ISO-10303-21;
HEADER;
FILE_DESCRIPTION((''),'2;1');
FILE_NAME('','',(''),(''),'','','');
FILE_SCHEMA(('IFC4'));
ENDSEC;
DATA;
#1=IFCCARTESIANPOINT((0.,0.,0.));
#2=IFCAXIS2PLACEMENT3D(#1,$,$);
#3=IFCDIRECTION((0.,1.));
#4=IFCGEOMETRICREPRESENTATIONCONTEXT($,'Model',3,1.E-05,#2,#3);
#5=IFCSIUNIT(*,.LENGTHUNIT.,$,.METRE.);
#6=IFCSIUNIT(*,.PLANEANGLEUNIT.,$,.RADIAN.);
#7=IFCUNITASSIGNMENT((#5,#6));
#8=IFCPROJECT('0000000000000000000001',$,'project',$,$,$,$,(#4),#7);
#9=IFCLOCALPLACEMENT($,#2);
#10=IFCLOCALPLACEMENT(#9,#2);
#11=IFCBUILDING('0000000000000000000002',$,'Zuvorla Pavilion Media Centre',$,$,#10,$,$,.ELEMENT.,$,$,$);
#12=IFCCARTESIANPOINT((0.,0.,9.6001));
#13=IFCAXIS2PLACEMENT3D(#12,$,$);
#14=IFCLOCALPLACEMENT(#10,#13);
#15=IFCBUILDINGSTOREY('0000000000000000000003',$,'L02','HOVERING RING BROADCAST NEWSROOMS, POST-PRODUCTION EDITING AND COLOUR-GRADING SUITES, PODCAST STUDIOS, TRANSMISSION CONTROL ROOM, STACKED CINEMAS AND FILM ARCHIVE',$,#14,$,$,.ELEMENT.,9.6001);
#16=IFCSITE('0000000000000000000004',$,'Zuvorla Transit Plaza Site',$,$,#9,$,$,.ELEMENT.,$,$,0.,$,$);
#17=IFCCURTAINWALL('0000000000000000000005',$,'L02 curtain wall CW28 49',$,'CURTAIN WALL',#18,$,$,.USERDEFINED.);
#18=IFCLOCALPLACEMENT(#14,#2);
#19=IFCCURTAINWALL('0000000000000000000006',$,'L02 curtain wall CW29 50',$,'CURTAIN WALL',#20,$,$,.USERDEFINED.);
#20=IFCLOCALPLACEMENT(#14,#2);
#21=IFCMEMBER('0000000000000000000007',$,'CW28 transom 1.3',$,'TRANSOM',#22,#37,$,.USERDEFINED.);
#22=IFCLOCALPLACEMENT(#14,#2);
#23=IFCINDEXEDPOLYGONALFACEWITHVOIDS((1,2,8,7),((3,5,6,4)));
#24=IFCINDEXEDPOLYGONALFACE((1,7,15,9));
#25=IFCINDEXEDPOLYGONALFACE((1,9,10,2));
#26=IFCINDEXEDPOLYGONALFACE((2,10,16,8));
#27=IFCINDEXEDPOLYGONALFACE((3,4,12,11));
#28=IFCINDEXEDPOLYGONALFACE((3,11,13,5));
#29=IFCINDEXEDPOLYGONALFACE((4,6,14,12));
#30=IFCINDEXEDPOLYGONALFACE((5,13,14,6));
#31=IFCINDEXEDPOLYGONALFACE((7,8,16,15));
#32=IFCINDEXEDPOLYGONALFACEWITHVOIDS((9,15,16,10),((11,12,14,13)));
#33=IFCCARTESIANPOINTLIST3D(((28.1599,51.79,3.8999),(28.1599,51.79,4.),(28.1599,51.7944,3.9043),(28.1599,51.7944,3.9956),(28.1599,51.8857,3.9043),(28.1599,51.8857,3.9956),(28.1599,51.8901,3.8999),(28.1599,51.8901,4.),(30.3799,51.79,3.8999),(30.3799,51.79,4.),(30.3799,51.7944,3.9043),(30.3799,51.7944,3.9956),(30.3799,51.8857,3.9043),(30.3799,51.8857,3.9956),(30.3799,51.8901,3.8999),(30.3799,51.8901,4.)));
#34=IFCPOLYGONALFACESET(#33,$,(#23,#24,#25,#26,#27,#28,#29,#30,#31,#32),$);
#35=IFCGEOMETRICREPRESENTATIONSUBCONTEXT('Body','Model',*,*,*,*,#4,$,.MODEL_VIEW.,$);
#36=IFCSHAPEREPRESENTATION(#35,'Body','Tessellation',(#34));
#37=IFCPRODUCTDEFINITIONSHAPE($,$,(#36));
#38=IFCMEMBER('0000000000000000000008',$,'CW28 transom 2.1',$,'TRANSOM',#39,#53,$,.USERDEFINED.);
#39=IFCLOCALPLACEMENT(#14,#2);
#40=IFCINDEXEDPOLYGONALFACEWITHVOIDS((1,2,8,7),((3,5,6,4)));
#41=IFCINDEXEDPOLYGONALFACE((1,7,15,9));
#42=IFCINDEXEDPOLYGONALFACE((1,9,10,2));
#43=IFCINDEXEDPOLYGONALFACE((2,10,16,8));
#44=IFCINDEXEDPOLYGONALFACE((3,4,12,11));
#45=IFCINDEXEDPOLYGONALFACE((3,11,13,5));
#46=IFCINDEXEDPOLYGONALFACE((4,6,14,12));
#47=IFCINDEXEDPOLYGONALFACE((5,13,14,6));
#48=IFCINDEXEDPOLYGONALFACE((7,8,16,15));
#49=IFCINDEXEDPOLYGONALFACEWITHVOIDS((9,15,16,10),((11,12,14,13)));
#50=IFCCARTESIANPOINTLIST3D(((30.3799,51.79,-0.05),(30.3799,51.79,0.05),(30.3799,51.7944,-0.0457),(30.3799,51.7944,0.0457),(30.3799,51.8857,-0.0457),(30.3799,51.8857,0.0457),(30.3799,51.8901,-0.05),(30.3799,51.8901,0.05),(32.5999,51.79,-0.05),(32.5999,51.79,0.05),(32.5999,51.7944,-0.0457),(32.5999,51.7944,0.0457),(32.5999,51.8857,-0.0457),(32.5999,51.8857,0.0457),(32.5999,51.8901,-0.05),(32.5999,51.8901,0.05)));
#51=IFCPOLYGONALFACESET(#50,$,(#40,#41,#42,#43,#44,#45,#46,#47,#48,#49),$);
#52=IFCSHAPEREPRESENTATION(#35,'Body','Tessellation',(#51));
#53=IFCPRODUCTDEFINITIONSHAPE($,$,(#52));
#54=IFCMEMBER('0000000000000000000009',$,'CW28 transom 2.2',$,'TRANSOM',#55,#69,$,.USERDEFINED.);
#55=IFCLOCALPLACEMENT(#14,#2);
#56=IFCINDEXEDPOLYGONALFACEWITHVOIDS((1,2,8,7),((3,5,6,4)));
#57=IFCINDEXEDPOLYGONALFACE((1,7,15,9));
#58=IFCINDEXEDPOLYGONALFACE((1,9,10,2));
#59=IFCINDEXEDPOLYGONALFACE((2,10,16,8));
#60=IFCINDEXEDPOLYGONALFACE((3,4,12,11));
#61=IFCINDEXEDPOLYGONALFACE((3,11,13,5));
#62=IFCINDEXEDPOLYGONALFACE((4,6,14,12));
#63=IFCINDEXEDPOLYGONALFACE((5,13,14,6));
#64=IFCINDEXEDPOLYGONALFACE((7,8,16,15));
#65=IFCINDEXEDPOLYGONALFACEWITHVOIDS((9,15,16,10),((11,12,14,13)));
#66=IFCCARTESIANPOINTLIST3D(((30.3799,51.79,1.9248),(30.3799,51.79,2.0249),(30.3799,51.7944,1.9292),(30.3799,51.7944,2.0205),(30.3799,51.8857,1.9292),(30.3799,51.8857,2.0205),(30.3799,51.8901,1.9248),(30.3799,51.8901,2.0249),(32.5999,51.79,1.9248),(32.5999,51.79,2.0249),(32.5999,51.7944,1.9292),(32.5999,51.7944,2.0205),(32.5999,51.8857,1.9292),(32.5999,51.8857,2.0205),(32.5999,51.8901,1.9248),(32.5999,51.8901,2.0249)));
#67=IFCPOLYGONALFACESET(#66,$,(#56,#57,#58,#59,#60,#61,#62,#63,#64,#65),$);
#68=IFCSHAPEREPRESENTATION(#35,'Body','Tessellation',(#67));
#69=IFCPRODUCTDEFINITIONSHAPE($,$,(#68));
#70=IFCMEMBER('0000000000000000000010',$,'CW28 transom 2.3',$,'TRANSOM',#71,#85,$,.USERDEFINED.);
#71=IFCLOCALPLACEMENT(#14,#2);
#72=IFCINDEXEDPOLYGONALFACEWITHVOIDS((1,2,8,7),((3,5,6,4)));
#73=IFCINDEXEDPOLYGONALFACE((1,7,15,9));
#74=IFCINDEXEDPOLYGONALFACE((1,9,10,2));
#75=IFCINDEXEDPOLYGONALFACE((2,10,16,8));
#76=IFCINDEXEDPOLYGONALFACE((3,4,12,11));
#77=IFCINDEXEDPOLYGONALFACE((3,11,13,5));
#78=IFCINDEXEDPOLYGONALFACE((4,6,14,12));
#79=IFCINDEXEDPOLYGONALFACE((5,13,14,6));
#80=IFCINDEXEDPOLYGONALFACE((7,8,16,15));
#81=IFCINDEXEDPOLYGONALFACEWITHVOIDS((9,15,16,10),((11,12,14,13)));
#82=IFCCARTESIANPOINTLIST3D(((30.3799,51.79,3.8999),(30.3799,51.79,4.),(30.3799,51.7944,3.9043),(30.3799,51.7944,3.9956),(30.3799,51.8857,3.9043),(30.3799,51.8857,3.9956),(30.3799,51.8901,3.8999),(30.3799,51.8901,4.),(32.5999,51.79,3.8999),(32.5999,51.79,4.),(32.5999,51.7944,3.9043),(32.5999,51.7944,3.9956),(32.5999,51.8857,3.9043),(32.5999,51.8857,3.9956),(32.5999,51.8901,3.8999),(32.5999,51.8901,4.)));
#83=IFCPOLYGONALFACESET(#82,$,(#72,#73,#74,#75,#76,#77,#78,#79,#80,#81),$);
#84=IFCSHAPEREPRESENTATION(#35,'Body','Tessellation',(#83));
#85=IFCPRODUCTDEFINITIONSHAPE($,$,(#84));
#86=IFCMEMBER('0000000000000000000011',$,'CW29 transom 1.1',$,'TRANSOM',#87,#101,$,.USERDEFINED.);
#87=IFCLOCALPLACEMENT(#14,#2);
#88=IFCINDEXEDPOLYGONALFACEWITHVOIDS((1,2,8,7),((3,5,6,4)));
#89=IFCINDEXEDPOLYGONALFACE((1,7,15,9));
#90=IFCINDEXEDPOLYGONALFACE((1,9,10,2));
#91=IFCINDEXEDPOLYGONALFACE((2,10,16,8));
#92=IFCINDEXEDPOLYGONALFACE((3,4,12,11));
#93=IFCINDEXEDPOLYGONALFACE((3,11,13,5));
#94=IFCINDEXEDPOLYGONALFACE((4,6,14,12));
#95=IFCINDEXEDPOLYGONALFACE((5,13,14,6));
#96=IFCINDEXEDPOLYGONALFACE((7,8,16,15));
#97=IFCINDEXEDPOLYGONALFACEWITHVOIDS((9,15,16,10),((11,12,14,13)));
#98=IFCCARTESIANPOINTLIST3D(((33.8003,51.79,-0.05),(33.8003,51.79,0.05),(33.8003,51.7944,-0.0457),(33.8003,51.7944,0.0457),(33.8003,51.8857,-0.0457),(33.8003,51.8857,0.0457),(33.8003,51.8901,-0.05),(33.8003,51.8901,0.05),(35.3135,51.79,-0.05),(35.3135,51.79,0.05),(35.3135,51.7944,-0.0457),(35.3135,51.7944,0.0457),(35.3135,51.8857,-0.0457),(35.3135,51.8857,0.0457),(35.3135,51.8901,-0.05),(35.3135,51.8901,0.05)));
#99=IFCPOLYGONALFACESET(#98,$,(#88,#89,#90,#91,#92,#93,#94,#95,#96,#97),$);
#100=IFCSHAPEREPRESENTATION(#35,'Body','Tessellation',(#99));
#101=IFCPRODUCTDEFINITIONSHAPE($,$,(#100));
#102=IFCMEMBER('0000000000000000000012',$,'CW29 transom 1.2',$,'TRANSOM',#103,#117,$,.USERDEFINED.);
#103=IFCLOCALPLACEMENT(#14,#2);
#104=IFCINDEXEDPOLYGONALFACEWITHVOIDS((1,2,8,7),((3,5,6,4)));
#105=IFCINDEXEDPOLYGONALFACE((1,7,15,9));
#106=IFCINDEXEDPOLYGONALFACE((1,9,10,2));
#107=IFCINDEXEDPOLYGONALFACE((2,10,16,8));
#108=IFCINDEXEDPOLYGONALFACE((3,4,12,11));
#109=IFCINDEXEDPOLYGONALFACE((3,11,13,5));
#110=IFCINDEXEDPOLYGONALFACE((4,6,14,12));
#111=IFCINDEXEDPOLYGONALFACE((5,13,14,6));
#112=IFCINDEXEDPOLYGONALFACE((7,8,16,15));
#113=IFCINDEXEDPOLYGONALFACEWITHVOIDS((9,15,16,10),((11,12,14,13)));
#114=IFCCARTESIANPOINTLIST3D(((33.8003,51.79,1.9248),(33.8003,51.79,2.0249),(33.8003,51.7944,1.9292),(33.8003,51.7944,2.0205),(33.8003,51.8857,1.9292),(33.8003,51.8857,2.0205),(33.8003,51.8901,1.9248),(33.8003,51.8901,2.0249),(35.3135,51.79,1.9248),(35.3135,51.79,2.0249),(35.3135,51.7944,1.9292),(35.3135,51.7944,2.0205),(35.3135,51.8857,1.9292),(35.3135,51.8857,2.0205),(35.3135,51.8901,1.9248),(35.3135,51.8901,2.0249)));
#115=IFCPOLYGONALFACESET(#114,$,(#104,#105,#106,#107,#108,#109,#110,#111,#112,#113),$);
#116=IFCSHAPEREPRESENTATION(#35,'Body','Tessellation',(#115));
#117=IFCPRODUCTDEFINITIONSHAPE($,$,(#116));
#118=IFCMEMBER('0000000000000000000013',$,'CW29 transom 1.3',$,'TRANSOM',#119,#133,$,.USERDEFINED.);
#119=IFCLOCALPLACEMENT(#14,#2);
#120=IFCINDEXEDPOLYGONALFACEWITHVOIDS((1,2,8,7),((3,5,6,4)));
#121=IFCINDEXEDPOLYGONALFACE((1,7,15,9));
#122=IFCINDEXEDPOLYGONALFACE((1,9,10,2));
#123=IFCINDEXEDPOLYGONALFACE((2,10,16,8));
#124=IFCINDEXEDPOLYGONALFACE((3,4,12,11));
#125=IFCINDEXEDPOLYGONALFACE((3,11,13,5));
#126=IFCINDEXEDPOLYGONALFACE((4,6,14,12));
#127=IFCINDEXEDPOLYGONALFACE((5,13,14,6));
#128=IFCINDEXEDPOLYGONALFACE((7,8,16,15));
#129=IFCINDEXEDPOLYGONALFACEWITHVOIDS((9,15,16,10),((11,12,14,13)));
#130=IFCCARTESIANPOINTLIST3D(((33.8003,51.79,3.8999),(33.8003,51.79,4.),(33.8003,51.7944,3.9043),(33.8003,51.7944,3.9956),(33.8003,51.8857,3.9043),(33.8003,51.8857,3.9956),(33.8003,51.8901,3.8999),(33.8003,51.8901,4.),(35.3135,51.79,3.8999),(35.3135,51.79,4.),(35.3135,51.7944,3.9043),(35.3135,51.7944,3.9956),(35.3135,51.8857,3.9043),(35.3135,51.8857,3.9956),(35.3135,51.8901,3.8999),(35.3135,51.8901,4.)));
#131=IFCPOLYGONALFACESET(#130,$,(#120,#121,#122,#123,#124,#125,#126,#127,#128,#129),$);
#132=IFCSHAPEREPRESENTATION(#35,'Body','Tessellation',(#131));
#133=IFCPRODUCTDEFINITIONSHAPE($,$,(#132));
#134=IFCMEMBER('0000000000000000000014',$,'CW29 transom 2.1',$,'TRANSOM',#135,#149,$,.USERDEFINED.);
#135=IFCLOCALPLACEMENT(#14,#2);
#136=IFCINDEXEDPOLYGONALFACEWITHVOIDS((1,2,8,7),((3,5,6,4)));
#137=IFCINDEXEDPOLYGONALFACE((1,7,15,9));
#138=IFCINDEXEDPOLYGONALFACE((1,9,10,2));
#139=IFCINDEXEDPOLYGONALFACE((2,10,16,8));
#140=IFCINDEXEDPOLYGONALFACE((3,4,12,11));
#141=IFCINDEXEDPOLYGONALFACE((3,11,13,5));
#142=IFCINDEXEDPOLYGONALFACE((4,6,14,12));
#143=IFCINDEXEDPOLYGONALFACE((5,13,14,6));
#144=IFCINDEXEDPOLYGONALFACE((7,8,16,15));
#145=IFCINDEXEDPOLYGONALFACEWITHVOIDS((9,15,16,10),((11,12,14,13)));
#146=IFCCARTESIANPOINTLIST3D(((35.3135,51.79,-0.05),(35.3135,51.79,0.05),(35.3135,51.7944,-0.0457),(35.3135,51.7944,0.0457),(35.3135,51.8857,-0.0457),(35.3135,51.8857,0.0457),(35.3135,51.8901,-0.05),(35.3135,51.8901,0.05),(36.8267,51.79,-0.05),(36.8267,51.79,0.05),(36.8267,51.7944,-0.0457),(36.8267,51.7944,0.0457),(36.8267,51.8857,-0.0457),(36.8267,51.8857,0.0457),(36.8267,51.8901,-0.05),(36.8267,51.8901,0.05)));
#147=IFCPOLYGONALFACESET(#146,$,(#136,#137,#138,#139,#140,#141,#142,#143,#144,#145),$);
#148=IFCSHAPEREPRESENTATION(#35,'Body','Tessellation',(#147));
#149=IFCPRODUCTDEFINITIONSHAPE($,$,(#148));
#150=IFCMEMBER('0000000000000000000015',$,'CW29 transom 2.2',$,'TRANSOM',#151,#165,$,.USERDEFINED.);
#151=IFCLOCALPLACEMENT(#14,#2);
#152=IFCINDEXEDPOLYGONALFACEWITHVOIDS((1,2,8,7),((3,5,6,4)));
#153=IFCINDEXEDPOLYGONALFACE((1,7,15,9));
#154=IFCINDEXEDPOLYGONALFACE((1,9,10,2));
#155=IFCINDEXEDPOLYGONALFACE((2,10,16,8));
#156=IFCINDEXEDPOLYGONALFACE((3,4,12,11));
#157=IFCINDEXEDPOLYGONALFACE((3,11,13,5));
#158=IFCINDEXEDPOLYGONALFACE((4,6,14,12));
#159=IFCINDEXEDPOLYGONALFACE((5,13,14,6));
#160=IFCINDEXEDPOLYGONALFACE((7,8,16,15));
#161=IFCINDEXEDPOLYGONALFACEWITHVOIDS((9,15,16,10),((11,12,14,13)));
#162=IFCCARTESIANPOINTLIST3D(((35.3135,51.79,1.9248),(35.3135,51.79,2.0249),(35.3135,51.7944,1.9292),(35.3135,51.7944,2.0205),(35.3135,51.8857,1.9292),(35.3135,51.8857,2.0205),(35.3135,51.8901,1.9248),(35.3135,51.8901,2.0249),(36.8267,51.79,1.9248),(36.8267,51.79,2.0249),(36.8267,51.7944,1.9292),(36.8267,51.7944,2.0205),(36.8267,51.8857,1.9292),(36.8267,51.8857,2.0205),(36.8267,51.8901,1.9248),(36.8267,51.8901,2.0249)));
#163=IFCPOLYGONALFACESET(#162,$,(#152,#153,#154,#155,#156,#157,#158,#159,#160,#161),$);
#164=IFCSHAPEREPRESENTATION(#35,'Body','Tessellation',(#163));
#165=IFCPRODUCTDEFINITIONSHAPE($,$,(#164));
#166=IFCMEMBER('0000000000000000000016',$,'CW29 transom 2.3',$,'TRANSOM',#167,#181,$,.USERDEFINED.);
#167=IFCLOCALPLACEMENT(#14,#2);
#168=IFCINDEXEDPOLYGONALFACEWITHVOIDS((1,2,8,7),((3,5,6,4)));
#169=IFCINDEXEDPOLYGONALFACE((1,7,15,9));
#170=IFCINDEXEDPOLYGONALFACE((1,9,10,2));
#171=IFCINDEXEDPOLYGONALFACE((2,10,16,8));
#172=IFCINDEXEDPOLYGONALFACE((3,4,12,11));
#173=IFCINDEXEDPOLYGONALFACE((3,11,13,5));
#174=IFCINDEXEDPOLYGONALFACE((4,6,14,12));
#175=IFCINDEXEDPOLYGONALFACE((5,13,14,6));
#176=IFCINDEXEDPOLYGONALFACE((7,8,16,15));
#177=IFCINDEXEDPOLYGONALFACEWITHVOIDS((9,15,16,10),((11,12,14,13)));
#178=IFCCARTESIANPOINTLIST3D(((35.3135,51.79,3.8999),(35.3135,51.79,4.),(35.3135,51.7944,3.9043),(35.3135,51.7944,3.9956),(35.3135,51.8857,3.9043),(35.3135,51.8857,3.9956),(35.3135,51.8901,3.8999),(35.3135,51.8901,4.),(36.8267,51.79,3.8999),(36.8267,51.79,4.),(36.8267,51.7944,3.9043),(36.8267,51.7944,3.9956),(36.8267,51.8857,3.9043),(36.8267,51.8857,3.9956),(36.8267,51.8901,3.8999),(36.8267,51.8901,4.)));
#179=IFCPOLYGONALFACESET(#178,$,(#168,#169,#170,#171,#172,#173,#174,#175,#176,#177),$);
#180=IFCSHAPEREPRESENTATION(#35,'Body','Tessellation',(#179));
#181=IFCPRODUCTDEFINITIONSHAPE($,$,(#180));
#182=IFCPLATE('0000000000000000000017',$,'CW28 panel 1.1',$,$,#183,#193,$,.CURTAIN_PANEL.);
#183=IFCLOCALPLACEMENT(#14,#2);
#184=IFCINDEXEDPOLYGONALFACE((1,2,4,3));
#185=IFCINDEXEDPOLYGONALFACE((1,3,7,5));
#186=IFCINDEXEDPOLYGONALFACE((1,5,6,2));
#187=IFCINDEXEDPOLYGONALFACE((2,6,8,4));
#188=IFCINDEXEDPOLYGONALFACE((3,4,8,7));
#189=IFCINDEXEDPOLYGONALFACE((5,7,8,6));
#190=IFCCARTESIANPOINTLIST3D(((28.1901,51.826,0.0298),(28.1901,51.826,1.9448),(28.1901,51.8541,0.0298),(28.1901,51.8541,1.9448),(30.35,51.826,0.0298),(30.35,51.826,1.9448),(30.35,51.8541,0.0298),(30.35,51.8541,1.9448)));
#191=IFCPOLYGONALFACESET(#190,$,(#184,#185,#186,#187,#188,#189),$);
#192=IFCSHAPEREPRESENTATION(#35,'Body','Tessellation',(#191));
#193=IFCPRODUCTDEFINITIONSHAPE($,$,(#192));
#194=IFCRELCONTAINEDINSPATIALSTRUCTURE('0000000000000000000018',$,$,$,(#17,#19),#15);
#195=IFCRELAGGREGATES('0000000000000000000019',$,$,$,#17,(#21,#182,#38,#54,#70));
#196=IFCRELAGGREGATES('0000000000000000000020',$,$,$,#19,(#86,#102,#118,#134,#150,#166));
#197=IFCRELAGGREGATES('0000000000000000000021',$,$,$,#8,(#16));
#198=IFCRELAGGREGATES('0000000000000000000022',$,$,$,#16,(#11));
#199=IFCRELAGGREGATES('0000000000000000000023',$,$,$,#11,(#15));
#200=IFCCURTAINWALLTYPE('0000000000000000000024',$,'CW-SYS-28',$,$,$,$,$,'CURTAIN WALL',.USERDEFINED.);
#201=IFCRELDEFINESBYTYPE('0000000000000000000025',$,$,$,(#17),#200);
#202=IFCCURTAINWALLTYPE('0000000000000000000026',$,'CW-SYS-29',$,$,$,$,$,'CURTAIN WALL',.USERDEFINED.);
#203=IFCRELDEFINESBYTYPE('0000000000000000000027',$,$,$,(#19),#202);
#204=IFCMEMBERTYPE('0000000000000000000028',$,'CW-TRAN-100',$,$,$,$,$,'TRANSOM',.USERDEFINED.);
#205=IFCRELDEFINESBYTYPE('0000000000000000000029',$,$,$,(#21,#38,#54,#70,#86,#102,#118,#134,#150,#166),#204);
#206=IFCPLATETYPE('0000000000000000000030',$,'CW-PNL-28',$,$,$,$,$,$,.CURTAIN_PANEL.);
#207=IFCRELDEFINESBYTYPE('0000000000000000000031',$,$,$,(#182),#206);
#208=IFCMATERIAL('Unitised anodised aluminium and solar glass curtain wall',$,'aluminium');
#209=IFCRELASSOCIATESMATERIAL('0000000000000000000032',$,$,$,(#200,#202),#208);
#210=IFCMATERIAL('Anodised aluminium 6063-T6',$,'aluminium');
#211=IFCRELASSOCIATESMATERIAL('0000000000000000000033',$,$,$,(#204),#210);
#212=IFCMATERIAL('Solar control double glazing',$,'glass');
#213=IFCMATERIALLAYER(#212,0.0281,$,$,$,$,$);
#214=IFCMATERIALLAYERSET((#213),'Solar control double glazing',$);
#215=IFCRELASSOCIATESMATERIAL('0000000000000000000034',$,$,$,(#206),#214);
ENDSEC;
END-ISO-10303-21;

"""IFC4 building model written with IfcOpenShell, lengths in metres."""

from ifc_helpers import new_model, si_unit, direction, frame, origin, origin_2d, place, context, subcontext, project, spatial, rectangle, hollow_rectangle, extrude, material, layer, layer_set, material_profile, profile_set, type_object, element, aggregate, save


model = new_model("IFC4")

# Units and contexts
model_context = context("Model", 3, precision=1e-05, world=origin(), true_north=direction((0.0, 1.0)))
body_context = subcontext(model_context, "Body", "Model", "MODEL_VIEW")
ifc_project = project(units=[si_unit("LENGTHUNIT", "METRE"), si_unit("PLANEANGLEUNIT", "RADIAN")], contexts=[model_context])

# Site, building, storey
site_placement = place(None, origin())
site = spatial("IfcSite", under=ifc_project, at=site_placement, Name="Zuvorla Transit Plaza Site", CompositionType="ELEMENT", RefElevation=0.0)
building_placement = place(site_placement, origin())
building = spatial("IfcBuilding", under=site, at=building_placement, Name="Zuvorla Pavilion Media Centre", CompositionType="ELEMENT")
storey_placement = place(building_placement, frame((0.0, 0.0, 9.6001)))
storey = spatial("IfcBuildingStorey", under=building, at=storey_placement, Name="L02", Description="HOVERING RING BROADCAST NEWSROOMS, POST-PRODUCTION EDITING AND COLOUR-GRADING SUITES, PODCAST STUDIOS, TRANSMISSION CONTROL ROOM, STACKED CINEMAS AND FILM ARCHIVE", CompositionType="ELEMENT", Elevation=9.6001)

# Curtain walls
ifc_material_1 = material(Name="Unitised anodised aluminium and solar glass curtain wall", Category="aluminium")
curtain_wall_type_1 = type_object("IfcCurtainWallType", Name="CW-SYS-28", ElementType="CURTAIN WALL", PredefinedType="USERDEFINED", material=ifc_material_1)
curtain_wall_1_placement = place(storey_placement, origin())
curtain_wall_1 = element("IfcCurtainWall", 1, at=curtain_wall_1_placement, inside=storey, type_object=curtain_wall_type_1, Name="L02 curtain wall CW28 49", ObjectType="CURTAIN WALL", PredefinedType="USERDEFINED")
ifc_material_2 = material(Name="Anodised aluminium 6063-T6", Category="aluminium")
curtain_wall_type_2 = type_object("IfcCurtainWallType", Name="CW-SYS-29", ElementType="CURTAIN WALL", PredefinedType="USERDEFINED", material=ifc_material_1)
curtain_wall_2_placement = place(storey_placement, origin())
curtain_wall_2 = element("IfcCurtainWall", 2, at=curtain_wall_2_placement, inside=storey, type_object=curtain_wall_type_2, Name="L02 curtain wall CW29 50", ObjectType="CURTAIN WALL", PredefinedType="USERDEFINED")

# Members
ifc_material_profile_1 = material_profile(ifc_material_2, hollow_rectangle(XDim=0.1001, YDim=0.1001, WallThickness=0.0044, at=origin_2d()), Name="ALU TRAN 100x100")
ifc_profile_set_1 = profile_set([ifc_material_profile_1], Name="Anodised aluminium 6063-T6")
member_type_1 = type_object("IfcMemberType", Name="CW-TRAN-100", ElementType="TRANSOM", PredefinedType="USERDEFINED", material=ifc_profile_set_1)
member_1_placement = place(storey_placement, frame((28.1599, 51.8401, 3.95), z_axis=(1.0, 0.0, 0.0), x_axis=(0.0, 1.0, 0.0)))
member_1 = element("IfcMember", 3, at=member_1_placement, type_object=member_type_1, Name="CW28 transom 1.3", ObjectType="TRANSOM", PredefinedType="USERDEFINED", context=body_context, shape_type="SweptSolid", body=[
    extrude(hollow_rectangle(XDim=0.1001, YDim=0.1001, WallThickness=0.0044, at=origin_2d()), origin(), (0.0, 0.0, 1.0), 2.22),
])
member_2_placement = place(storey_placement, frame((30.3799, 51.8401, 0.0), z_axis=(1.0, 0.0, 0.0), x_axis=(0.0, 1.0, 0.0)))
member_2 = element("IfcMember", 4, at=member_2_placement, type_object=member_type_1, Name="CW28 transom 2.1", ObjectType="TRANSOM", PredefinedType="USERDEFINED", context=body_context, shape_type="SweptSolid", body=[
    extrude(hollow_rectangle(XDim=0.1001, YDim=0.1001, WallThickness=0.0044, at=origin_2d()), origin(), (0.0, 0.0, 1.0), 2.22),
])
member_3_placement = place(storey_placement, frame((30.3799, 51.8401, 1.9749), z_axis=(1.0, 0.0, 0.0), x_axis=(0.0, 1.0, 0.0)))
member_3 = element("IfcMember", 5, at=member_3_placement, type_object=member_type_1, Name="CW28 transom 2.2", ObjectType="TRANSOM", PredefinedType="USERDEFINED", context=body_context, shape_type="SweptSolid", body=[
    extrude(hollow_rectangle(XDim=0.1001, YDim=0.1001, WallThickness=0.0044, at=origin_2d()), origin(), (0.0, 0.0, 1.0), 2.22),
])
member_4_placement = place(storey_placement, frame((30.3799, 51.8401, 3.95), z_axis=(1.0, 0.0, 0.0), x_axis=(0.0, 1.0, 0.0)))
member_4 = element("IfcMember", 6, at=member_4_placement, type_object=member_type_1, Name="CW28 transom 2.3", ObjectType="TRANSOM", PredefinedType="USERDEFINED", context=body_context, shape_type="SweptSolid", body=[
    extrude(hollow_rectangle(XDim=0.1001, YDim=0.1001, WallThickness=0.0044, at=origin_2d()), origin(), (0.0, 0.0, 1.0), 2.22),
])
member_5_placement = place(storey_placement, frame((33.8003, 51.8401, 0.0), z_axis=(1.0, 0.0, 0.0), x_axis=(0.0, 1.0, 0.0)))
member_5 = element("IfcMember", 7, at=member_5_placement, type_object=member_type_1, Name="CW29 transom 1.1", ObjectType="TRANSOM", PredefinedType="USERDEFINED", context=body_context, shape_type="SweptSolid", body=[
    extrude(hollow_rectangle(XDim=0.1001, YDim=0.1001, WallThickness=0.0044, at=origin_2d()), origin(), (0.0, 0.0, 1.0), 1.5132),
])
member_6_placement = place(storey_placement, frame((33.8003, 51.8401, 1.9749), z_axis=(1.0, 0.0, 0.0), x_axis=(0.0, 1.0, 0.0)))
member_6 = element("IfcMember", 8, at=member_6_placement, type_object=member_type_1, Name="CW29 transom 1.2", ObjectType="TRANSOM", PredefinedType="USERDEFINED", context=body_context, shape_type="SweptSolid", body=[
    extrude(hollow_rectangle(XDim=0.1001, YDim=0.1001, WallThickness=0.0044, at=origin_2d()), origin(), (0.0, 0.0, 1.0), 1.5132),
])
member_7_placement = place(storey_placement, frame((33.8003, 51.8401, 3.95), z_axis=(1.0, 0.0, 0.0), x_axis=(0.0, 1.0, 0.0)))
member_7 = element("IfcMember", 9, at=member_7_placement, type_object=member_type_1, Name="CW29 transom 1.3", ObjectType="TRANSOM", PredefinedType="USERDEFINED", context=body_context, shape_type="SweptSolid", body=[
    extrude(hollow_rectangle(XDim=0.1001, YDim=0.1001, WallThickness=0.0044, at=origin_2d()), origin(), (0.0, 0.0, 1.0), 1.5132),
])
member_8_placement = place(storey_placement, frame((35.3135, 51.8401, 0.0), z_axis=(1.0, 0.0, 0.0), x_axis=(0.0, 1.0, 0.0)))
member_8 = element("IfcMember", 10, at=member_8_placement, type_object=member_type_1, Name="CW29 transom 2.1", ObjectType="TRANSOM", PredefinedType="USERDEFINED", context=body_context, shape_type="SweptSolid", body=[
    extrude(hollow_rectangle(XDim=0.1001, YDim=0.1001, WallThickness=0.0044, at=origin_2d()), origin(), (0.0, 0.0, 1.0), 1.5132),
])
member_9_placement = place(storey_placement, frame((35.3135, 51.8401, 1.9749), z_axis=(1.0, 0.0, 0.0), x_axis=(0.0, 1.0, 0.0)))
member_9 = element("IfcMember", 11, at=member_9_placement, type_object=member_type_1, Name="CW29 transom 2.2", ObjectType="TRANSOM", PredefinedType="USERDEFINED", context=body_context, shape_type="SweptSolid", body=[
    extrude(hollow_rectangle(XDim=0.1001, YDim=0.1001, WallThickness=0.0044, at=origin_2d()), origin(), (0.0, 0.0, 1.0), 1.5132),
])
member_10_placement = place(storey_placement, frame((35.3135, 51.8401, 3.95), z_axis=(1.0, 0.0, 0.0), x_axis=(0.0, 1.0, 0.0)))
member_10 = element("IfcMember", 12, at=member_10_placement, type_object=member_type_1, Name="CW29 transom 2.3", ObjectType="TRANSOM", PredefinedType="USERDEFINED", context=body_context, shape_type="SweptSolid", body=[
    extrude(hollow_rectangle(XDim=0.1001, YDim=0.1001, WallThickness=0.0044, at=origin_2d()), origin(), (0.0, 0.0, 1.0), 1.5132),
])

# Plate
ifc_material_3 = material(Name="Solar control double glazing", Category="glass")
ifc_layer = layer(ifc_material_3, 0.0281)
ifc_layer_set = layer_set([ifc_layer], Name="Solar control double glazing")
plate_type = type_object("IfcPlateType", Name="CW-PNL-28", PredefinedType="CURTAIN_PANEL", material=ifc_layer_set)
plate_1_placement = place(storey_placement, frame((29.27, 51.8401, 0.0298), z_axis=(0.0, 0.0, 1.0), x_axis=(1.0, 0.0, 0.0)))
plate_1 = element("IfcPlate", 13, at=plate_1_placement, type_object=plate_type, Name="CW28 panel 1.1", PredefinedType="CURTAIN_PANEL", context=body_context, shape_type="SweptSolid", body=[
    extrude(rectangle(XDim=2.1599, YDim=0.0281, at=origin_2d()), origin(), (0.0, 0.0, 1.0), 1.915),
])
aggregate(curtain_wall_1, [member_1, plate_1, member_2, member_3, member_4])
aggregate(curtain_wall_2, [member_5, member_6, member_7, member_8, member_9, member_10])

save(model, "model.ifc")
